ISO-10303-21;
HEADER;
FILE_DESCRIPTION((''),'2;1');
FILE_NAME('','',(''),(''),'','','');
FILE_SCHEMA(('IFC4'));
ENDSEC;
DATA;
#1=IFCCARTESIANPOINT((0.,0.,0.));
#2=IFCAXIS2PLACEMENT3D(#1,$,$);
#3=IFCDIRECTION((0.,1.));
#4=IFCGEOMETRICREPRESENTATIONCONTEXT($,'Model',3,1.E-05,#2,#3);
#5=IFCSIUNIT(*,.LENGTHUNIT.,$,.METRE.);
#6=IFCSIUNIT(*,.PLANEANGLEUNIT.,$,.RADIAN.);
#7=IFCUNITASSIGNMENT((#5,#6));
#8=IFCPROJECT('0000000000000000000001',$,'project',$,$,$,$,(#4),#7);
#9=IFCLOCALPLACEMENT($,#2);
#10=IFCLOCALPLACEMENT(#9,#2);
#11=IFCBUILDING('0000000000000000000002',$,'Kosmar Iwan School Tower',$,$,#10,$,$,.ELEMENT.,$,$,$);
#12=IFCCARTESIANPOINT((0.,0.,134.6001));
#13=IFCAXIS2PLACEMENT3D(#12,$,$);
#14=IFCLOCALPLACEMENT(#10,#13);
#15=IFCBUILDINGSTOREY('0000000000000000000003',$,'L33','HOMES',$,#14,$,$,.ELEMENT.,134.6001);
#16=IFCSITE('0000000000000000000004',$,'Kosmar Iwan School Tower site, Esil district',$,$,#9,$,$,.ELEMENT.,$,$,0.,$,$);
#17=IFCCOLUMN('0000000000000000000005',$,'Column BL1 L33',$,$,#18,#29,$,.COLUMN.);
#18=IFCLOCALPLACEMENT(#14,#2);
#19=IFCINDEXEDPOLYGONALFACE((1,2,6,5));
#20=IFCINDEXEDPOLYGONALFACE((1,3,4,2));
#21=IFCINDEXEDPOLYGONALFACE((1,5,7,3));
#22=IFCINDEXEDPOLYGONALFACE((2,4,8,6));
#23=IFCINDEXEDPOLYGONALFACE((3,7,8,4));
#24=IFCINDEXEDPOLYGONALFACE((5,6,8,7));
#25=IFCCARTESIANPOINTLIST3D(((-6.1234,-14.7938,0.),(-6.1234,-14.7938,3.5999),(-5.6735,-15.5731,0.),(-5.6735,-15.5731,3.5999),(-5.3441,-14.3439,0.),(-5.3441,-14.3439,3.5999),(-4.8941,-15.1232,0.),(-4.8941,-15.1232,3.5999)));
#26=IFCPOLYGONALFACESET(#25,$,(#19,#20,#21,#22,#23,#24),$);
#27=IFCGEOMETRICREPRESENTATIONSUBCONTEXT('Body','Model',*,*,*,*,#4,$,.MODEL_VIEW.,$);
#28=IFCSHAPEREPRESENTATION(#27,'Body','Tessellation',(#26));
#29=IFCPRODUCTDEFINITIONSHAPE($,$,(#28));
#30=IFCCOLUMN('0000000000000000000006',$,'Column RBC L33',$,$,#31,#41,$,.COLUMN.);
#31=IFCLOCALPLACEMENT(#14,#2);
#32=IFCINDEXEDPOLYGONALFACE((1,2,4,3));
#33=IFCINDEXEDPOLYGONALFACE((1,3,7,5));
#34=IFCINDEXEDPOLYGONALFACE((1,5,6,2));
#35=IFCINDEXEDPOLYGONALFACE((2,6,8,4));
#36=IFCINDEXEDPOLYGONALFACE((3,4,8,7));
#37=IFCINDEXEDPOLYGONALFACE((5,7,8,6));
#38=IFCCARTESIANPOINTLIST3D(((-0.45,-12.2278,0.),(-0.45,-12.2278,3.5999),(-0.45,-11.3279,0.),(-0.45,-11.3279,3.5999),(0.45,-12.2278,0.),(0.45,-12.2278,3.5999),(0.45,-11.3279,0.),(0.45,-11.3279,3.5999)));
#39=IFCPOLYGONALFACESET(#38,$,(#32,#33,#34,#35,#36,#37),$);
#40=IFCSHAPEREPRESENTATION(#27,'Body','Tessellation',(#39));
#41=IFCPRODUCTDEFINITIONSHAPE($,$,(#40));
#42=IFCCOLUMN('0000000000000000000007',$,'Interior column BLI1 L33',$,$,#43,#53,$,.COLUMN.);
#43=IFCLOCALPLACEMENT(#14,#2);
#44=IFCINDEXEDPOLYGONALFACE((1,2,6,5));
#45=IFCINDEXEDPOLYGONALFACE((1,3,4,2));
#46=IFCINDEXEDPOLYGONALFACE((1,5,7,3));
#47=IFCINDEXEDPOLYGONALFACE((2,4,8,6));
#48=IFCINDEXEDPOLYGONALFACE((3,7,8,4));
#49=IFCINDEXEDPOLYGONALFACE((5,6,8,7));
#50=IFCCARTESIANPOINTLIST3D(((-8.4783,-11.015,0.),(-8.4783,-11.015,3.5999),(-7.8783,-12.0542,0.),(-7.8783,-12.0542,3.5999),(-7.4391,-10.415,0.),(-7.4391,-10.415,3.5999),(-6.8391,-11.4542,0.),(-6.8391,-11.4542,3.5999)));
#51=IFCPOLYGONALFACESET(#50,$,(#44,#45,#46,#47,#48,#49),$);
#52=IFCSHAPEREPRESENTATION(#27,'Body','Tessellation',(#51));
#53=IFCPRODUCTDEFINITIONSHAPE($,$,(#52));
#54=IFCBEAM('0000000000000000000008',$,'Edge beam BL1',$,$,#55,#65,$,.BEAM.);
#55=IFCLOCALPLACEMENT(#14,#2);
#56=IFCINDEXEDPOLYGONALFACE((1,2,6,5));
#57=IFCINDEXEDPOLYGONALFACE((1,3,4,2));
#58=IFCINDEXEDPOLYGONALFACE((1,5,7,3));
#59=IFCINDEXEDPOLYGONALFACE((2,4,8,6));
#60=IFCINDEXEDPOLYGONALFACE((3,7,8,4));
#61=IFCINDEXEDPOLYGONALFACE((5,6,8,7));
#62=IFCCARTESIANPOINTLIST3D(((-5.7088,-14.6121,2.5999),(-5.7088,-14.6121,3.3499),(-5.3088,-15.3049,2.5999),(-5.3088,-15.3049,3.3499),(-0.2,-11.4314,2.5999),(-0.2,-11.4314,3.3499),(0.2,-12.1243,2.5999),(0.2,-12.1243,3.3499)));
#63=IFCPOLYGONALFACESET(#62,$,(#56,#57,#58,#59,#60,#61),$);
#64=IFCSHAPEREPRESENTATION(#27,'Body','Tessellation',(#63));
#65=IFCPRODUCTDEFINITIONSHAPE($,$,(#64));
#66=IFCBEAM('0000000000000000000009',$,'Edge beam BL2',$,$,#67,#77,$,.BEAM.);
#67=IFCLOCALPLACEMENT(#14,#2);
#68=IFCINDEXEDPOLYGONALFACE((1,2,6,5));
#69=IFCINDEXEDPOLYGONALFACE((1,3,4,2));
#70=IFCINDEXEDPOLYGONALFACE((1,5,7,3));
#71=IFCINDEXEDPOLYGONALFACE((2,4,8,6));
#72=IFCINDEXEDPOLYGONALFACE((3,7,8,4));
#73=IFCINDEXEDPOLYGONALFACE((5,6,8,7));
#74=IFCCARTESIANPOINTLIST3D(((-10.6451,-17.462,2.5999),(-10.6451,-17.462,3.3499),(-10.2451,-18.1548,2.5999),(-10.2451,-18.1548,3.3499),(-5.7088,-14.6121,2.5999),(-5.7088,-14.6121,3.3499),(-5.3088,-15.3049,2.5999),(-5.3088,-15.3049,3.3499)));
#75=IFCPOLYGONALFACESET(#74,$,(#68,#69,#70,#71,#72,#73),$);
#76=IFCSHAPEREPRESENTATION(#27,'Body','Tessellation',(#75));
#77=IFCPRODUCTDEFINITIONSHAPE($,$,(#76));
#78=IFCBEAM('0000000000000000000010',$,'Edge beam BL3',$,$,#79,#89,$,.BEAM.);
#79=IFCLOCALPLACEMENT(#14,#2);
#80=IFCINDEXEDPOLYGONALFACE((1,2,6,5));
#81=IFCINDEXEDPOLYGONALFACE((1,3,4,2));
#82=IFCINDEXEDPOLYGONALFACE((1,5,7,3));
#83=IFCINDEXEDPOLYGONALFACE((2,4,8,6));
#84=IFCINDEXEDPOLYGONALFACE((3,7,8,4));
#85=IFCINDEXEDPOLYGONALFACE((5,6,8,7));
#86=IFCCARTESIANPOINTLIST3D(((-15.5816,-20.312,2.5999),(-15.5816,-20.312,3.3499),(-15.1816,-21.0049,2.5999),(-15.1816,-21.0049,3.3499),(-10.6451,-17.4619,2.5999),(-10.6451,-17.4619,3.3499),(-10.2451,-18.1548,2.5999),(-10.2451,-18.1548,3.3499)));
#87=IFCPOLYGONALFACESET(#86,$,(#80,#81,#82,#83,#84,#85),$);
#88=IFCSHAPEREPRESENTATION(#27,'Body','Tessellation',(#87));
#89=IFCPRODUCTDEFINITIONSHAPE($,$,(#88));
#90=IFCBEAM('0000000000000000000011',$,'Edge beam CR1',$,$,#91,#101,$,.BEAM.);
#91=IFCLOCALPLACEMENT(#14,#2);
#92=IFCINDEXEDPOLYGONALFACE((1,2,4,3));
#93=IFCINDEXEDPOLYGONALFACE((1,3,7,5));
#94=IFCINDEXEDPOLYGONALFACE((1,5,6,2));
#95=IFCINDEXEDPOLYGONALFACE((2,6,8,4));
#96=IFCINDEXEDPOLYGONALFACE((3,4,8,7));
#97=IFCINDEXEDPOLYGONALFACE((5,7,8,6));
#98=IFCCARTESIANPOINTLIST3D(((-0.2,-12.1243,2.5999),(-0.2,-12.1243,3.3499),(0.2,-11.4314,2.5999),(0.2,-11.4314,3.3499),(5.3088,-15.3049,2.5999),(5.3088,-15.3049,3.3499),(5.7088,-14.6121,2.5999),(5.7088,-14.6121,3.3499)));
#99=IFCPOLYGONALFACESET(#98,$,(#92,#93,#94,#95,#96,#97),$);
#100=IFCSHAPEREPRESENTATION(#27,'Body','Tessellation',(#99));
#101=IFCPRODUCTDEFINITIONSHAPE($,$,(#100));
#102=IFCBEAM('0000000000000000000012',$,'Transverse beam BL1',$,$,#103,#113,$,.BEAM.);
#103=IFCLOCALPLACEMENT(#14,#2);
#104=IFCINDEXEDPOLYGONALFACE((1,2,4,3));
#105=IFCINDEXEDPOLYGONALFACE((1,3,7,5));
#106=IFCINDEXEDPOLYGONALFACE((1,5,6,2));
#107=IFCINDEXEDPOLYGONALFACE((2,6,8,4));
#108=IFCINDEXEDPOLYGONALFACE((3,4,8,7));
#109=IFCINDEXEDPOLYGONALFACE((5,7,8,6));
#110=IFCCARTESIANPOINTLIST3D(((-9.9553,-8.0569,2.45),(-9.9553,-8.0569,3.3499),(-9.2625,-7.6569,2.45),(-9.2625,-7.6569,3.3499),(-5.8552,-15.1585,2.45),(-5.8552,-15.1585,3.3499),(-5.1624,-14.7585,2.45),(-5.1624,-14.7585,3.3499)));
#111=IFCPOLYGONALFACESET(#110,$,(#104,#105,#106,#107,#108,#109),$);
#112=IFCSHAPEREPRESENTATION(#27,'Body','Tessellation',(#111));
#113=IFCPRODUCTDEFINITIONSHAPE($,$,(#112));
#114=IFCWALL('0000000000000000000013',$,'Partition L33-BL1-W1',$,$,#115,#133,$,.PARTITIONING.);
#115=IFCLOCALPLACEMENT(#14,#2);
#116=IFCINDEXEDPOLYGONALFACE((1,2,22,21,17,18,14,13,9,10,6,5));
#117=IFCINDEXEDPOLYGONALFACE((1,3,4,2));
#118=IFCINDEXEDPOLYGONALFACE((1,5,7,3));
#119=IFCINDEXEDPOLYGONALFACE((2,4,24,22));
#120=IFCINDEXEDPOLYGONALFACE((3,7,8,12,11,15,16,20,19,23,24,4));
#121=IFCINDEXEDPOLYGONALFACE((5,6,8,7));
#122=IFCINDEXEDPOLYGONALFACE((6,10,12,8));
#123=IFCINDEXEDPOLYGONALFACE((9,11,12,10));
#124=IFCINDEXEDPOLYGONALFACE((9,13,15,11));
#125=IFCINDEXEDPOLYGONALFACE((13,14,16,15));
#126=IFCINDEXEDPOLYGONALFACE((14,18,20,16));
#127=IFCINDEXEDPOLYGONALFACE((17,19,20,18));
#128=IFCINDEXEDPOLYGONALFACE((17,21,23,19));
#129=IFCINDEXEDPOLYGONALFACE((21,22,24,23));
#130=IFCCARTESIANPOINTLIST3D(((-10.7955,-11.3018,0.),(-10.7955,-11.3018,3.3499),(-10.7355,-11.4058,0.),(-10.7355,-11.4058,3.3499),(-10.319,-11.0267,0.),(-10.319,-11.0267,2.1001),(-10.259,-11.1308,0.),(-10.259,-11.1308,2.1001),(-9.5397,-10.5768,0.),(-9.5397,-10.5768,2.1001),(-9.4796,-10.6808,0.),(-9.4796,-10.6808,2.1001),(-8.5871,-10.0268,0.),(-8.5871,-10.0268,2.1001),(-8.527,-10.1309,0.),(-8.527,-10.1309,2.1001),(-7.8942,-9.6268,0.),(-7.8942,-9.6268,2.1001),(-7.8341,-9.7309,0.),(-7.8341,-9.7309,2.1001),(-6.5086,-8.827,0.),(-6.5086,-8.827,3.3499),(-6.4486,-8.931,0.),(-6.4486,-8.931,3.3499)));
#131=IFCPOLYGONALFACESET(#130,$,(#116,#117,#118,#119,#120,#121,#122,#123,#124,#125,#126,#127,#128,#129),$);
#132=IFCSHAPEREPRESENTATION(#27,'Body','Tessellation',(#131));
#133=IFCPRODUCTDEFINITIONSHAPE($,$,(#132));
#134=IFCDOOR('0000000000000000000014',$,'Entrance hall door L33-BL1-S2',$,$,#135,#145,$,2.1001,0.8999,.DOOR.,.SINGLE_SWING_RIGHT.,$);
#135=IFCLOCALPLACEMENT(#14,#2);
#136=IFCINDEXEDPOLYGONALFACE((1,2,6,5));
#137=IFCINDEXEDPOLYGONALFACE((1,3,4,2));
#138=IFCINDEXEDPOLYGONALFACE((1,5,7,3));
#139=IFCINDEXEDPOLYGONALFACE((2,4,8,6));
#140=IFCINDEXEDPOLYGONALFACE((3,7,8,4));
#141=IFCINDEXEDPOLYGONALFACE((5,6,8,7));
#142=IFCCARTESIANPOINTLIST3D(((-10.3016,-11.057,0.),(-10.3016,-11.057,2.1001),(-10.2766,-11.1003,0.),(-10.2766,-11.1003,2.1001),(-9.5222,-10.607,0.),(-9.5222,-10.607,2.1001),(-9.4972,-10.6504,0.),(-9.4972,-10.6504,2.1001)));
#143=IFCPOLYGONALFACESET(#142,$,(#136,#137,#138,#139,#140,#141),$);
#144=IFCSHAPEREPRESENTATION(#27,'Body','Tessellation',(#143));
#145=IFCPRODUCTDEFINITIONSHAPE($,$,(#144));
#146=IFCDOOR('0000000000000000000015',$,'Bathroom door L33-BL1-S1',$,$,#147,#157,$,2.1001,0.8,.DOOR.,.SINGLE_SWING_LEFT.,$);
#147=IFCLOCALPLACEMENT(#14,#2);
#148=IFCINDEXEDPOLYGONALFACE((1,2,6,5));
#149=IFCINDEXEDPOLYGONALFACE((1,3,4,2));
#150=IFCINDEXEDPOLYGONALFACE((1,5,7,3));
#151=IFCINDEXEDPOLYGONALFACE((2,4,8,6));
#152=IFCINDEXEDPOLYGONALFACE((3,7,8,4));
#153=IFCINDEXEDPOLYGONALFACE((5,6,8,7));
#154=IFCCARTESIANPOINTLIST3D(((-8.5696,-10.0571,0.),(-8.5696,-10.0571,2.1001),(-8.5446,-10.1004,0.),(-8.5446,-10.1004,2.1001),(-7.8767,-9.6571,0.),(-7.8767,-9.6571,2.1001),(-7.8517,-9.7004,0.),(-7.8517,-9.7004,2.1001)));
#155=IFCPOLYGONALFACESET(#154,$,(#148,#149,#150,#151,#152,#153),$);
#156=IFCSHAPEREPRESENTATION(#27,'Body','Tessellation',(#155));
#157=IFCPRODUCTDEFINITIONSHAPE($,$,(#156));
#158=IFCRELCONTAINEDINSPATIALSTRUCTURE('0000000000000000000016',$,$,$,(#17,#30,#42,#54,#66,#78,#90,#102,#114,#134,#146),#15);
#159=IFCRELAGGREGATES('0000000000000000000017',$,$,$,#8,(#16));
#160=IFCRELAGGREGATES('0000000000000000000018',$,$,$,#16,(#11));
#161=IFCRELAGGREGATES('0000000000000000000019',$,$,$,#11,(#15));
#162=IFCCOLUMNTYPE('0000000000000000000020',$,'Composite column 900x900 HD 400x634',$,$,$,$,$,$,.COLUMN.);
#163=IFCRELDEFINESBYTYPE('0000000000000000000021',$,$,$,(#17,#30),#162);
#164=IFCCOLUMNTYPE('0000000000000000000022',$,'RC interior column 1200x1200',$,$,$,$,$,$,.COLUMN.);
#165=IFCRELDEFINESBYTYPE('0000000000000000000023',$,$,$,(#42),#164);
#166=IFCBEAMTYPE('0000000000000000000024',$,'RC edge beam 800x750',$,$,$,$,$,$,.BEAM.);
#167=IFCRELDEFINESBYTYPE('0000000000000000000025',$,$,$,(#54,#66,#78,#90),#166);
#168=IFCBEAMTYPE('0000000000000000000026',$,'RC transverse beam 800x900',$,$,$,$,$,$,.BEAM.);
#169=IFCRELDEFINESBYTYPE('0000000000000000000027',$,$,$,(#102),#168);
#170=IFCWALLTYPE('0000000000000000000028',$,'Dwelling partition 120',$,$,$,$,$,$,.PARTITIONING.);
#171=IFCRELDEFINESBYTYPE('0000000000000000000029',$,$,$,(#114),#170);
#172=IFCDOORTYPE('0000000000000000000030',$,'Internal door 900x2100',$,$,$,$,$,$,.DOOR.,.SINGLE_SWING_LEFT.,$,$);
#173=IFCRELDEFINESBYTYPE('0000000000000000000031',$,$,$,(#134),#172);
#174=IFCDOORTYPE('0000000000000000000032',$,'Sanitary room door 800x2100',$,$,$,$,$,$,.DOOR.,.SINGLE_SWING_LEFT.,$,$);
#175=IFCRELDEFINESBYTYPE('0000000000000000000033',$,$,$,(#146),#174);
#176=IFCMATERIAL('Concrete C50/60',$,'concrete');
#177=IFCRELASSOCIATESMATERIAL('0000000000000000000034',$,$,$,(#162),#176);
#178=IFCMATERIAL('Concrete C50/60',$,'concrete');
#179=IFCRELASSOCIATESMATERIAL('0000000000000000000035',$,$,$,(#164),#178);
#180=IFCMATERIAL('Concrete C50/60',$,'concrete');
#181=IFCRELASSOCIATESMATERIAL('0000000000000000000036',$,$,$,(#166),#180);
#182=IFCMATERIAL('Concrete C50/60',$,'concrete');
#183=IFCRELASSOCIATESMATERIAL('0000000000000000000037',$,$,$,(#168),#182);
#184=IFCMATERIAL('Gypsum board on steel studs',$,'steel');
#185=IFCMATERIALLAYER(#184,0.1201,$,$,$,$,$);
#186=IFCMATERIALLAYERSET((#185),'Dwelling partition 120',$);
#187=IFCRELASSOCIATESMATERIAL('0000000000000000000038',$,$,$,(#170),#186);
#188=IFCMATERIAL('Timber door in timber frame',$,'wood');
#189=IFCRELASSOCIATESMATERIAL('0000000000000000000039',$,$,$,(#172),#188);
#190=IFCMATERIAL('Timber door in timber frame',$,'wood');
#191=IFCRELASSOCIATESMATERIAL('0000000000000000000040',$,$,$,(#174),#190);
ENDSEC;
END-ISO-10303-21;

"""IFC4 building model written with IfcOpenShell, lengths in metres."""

from ifc_helpers import new_model, si_unit, direction, frame, frame_2d, origin, origin_2d, place, context, subcontext, project, spatial, rectangle, extrude, material, layer, layer_set, material_profile, profile_set, type_object, element, fill, save


model = new_model("IFC4")

# Units and contexts
model_context = context("Model", 3, precision=1e-05, world=origin(), true_north=direction((0.0, 1.0)))
body_context = subcontext(model_context, "Body", "Model", "MODEL_VIEW")
ifc_project = project(units=[si_unit("LENGTHUNIT", "METRE"), si_unit("PLANEANGLEUNIT", "RADIAN")], contexts=[model_context])

# Site, building, storey
site_placement = place(None, origin())
site = spatial("IfcSite", under=ifc_project, at=site_placement, Name="Kosmar Iwan School Tower site, Esil district", CompositionType="ELEMENT", RefElevation=0.0)
building_placement = place(site_placement, origin())
building = spatial("IfcBuilding", under=site, at=building_placement, Name="Kosmar Iwan School Tower", CompositionType="ELEMENT")
storey_placement = place(building_placement, frame((0.0, 0.0, 134.6001)))
storey = spatial("IfcBuildingStorey", under=building, at=storey_placement, Name="L33", Description="HOMES", CompositionType="ELEMENT", Elevation=134.6001)

# Columns
ifc_material_1 = material(Name="Concrete C50/60", Category="concrete")
ifc_material_profile_1 = material_profile(ifc_material_1, rectangle(XDim=0.8999, YDim=0.8999, at=origin_2d()), Name="RC 900x900 + HD 400x634")
ifc_profile_set_1 = profile_set([ifc_material_profile_1], Name="Concrete C50/60")
column_type_1 = type_object("IfcColumnType", Name="Composite column 900x900 HD 400x634", PredefinedType="COLUMN", material=ifc_profile_set_1)
for number, where, z_axis, x_axis, name in (
    (1, (-5.5088, -14.9585, 0.0), (0.0, 0.0, 1.0), (-0.866025, -0.5, 0.0), "Column BL1 L33"),
    (2, (0.0, -11.7778, 0.0), (0.0, 0.0, 1.0), (1.0, 0.0, 0.0), "Column RBC L33"),
):
    element("IfcColumn", number, at=place(storey_placement, frame(where, z_axis=z_axis, x_axis=x_axis)), inside=storey, type_object=column_type_1, Name=name, PredefinedType="COLUMN", context=body_context, shape_type="SweptSolid", body=[
        extrude(rectangle(XDim=0.8999, YDim=0.8999, at=origin_2d()), origin(), (0.0, 0.0, 1.0), 3.5999),
    ])
ifc_material_2 = material(Name="Concrete C50/60", Category="concrete")
ifc_material_profile_2 = material_profile(ifc_material_2, rectangle(XDim=1.2, YDim=1.2, at=origin_2d()), Name="RC 1200x1200")
ifc_profile_set_2 = profile_set([ifc_material_profile_2], Name="Concrete C50/60")
column_type_2 = type_object("IfcColumnType", Name="RC interior column 1200x1200", PredefinedType="COLUMN", material=ifc_profile_set_2)
column_placement = place(storey_placement, frame((-7.6587, -11.2346, 0.0), z_axis=(0.0, 0.0, 1.0), x_axis=(-0.866025, -0.5, 0.0)))
element("IfcColumn", 3, at=column_placement, inside=storey, type_object=column_type_2, Name="Interior column BLI1 L33", PredefinedType="COLUMN", context=body_context, shape_type="SweptSolid", body=[
    extrude(rectangle(XDim=1.2, YDim=1.2, at=origin_2d()), origin(), (0.0, 0.0, 1.0), 3.5999),
])

# Beams
ifc_material_3 = material(Name="Concrete C50/60", Category="concrete")
ifc_material_profile_3 = material_profile(ifc_material_3, rectangle(XDim=0.8, YDim=0.75, at=origin_2d()), Name="RC 800x750")
ifc_profile_set_3 = profile_set([ifc_material_profile_3], Name="Concrete C50/60")
beam_type_1 = type_object("IfcBeamType", Name="RC edge beam 800x750", PredefinedType="BEAM", material=ifc_profile_set_3)
beam_1_placement = place(storey_placement, frame((0.0, -11.7778, 2.9749), z_axis=(-0.866014, -0.500019, 0.0), x_axis=(0.500019, -0.866014, 0.0)))
element("IfcBeam", 4, at=beam_1_placement, inside=storey, type_object=beam_type_1, Name="Edge beam BL1", PredefinedType="BEAM", context=body_context, shape_type="SweptSolid", body=[
    extrude(rectangle(XDim=0.8, YDim=0.75, at=origin_2d()), origin(), (0.0, 0.0, 1.0), 6.3611),
])
beam_2_placement = place(storey_placement, frame((-5.5088, -14.9585, 2.9749), z_axis=(-0.866034, -0.499986, 0.0), x_axis=(0.499986, -0.866034, 0.0)))
element("IfcBeam", 5, at=beam_2_placement, inside=storey, type_object=beam_type_1, Name="Edge beam BL2", PredefinedType="BEAM", context=body_context, shape_type="SweptSolid", body=[
    extrude(rectangle(XDim=0.8, YDim=0.75, at=origin_2d()), origin(), (0.0, 0.0, 1.0), 5.7),
])
beam_3_placement = place(storey_placement, frame((-10.4451, -17.8083, 2.9749), z_axis=(-0.866026, -0.499999, 0.0), x_axis=(0.499999, -0.866026, 0.0)))
element("IfcBeam", 6, at=beam_3_placement, inside=storey, type_object=beam_type_1, Name="Edge beam BL3", PredefinedType="BEAM", context=body_context, shape_type="SweptSolid", body=[
    extrude(rectangle(XDim=0.8, YDim=0.75, at=origin_2d()), origin(), (0.0, 0.0, 1.0), 5.7002),
])
beam_4_placement = place(storey_placement, frame((0.0, -11.7778, 2.9749), z_axis=(0.866014, -0.500019, 0.0), x_axis=(0.500019, 0.866014, 0.0)))
element("IfcBeam", 7, at=beam_4_placement, inside=storey, type_object=beam_type_1, Name="Edge beam CR1", PredefinedType="BEAM", context=body_context, shape_type="SweptSolid", body=[
    extrude(rectangle(XDim=0.8, YDim=0.75, at=origin_2d()), origin(), (0.0, 0.0, 1.0), 6.3611),
])
ifc_material_4 = material(Name="Concrete C50/60", Category="concrete")
ifc_material_profile_4 = material_profile(ifc_material_4, rectangle(XDim=0.8, YDim=0.8999, at=origin_2d()), Name="RC 800x900")
ifc_profile_set_4 = profile_set([ifc_material_profile_4], Name="Concrete C50/60")
beam_type_2 = type_object("IfcBeamType", Name="RC transverse beam 800x900", PredefinedType="BEAM", material=ifc_profile_set_4)
beam_5_placement = place(storey_placement, frame((-5.5088, -14.9585, 2.8999), z_axis=(-0.500001, 0.866025, 0.0), x_axis=(-0.866025, -0.500001, 0.0)))
element("IfcBeam", 8, at=beam_5_placement, inside=storey, type_object=beam_type_2, Name="Transverse beam BL1", PredefinedType="BEAM", context=body_context, shape_type="SweptSolid", body=[
    extrude(rectangle(XDim=0.8, YDim=0.8999, at=origin_2d()), origin(), (0.0, 0.0, 1.0), 8.2002),
])

# Wall, openings, doors
ifc_material_5 = material(Name="Gypsum board on steel studs", Category="steel")
ifc_layer_1 = layer(ifc_material_5, 0.1201)
ifc_layer_set_1 = layer_set([ifc_layer_1], Name="Dwelling partition 120")
wall_type_1 = type_object("IfcWallType", Name="Dwelling partition 120", PredefinedType="PARTITIONING", material=ifc_layer_set_1)
wall_1_placement = place(storey_placement, frame((-6.4785, -8.8789, 0.0), z_axis=(0.0, 0.0, 1.0), x_axis=(-0.86604, -0.499974, 0.0)))
wall_1 = element("IfcWall", 9, at=wall_1_placement, inside=storey, type_object=wall_type_1, Name="Partition L33-BL1-W1", PredefinedType="PARTITIONING", context=body_context, shape_type="SweptSolid", body=[
    extrude(rectangle(XDim=4.95, YDim=0.1201, at=frame_2d((2.4751, 0.0))), origin(), (0.0, 0.0, 1.0), 3.3499),
])
opening_1_placement = place(wall_1_placement, frame((1.6001, 0.0, 0.0)))
opening_1 = element("IfcOpeningElement", 10, at=opening_1_placement, cuts=wall_1, PredefinedType="OPENING", context=body_context, shape_type="SweptSolid", body=[
    extrude(rectangle(XDim=0.8, YDim=2.1001, at=frame_2d((0.3999, 1.05))), frame((0.0, 0.072, 0.0), z_axis=(0.0, -1.0, 0.0), x_axis=(1.0, 0.0, 0.0)), (0.0, 0.0, 1.0), 0.144),
])
opening_2_placement = place(wall_1_placement, frame((3.5, 0.0, 0.0)))
opening_2 = element("IfcOpeningElement", 11, at=opening_2_placement, cuts=wall_1, PredefinedType="OPENING", context=body_context, shape_type="SweptSolid", body=[
    extrude(rectangle(XDim=0.8999, YDim=2.1001, at=frame_2d((0.45, 1.05))), frame((0.0, 0.072, 0.0), z_axis=(0.0, -1.0, 0.0), x_axis=(1.0, 0.0, 0.0)), (0.0, 0.0, 1.0), 0.144),
])
ifc_material_6 = material(Name="Timber door in timber frame", Category="wood")
door_type_1 = type_object("IfcDoorType", Name="Internal door 900x2100", OperationType="SINGLE_SWING_LEFT", PredefinedType="DOOR", material=ifc_material_6)
door_1_placement = place(opening_2_placement, origin())
door_1 = element("IfcDoor", 12, at=door_1_placement, inside=storey, type_object=door_type_1, Name="Entrance hall door L33-BL1-S2", OperationType="SINGLE_SWING_RIGHT", OverallHeight=2.1001, OverallWidth=0.8999, PredefinedType="DOOR", context=body_context, shape_type="SweptSolid", body=[
    extrude(rectangle(XDim=0.8999, YDim=2.1001, at=frame_2d((0.45, 1.05))), frame((0.0, 0.0249, 0.0), z_axis=(0.0, -1.0, 0.0), x_axis=(1.0, 0.0, 0.0)), (0.0, 0.0, 1.0), 0.05),
])
fill(opening_2, door_1)
ifc_material_7 = material(Name="Timber door in timber frame", Category="wood")
door_type_2 = type_object("IfcDoorType", Name="Sanitary room door 800x2100", OperationType="SINGLE_SWING_LEFT", PredefinedType="DOOR", material=ifc_material_7)
door_2_placement = place(opening_1_placement, origin())
door_2 = element("IfcDoor", 13, at=door_2_placement, inside=storey, type_object=door_type_2, Name="Bathroom door L33-BL1-S1", OperationType="SINGLE_SWING_LEFT", OverallHeight=2.1001, OverallWidth=0.8, PredefinedType="DOOR", context=body_context, shape_type="SweptSolid", body=[
    extrude(rectangle(XDim=0.8, YDim=2.1001, at=frame_2d((0.3999, 1.05))), frame((0.0, 0.0249, 0.0), z_axis=(0.0, -1.0, 0.0), x_axis=(1.0, 0.0, 0.0)), (0.0, 0.0, 1.0), 0.05),
])
fill(opening_1, door_2)

save(model, "model.ifc")
